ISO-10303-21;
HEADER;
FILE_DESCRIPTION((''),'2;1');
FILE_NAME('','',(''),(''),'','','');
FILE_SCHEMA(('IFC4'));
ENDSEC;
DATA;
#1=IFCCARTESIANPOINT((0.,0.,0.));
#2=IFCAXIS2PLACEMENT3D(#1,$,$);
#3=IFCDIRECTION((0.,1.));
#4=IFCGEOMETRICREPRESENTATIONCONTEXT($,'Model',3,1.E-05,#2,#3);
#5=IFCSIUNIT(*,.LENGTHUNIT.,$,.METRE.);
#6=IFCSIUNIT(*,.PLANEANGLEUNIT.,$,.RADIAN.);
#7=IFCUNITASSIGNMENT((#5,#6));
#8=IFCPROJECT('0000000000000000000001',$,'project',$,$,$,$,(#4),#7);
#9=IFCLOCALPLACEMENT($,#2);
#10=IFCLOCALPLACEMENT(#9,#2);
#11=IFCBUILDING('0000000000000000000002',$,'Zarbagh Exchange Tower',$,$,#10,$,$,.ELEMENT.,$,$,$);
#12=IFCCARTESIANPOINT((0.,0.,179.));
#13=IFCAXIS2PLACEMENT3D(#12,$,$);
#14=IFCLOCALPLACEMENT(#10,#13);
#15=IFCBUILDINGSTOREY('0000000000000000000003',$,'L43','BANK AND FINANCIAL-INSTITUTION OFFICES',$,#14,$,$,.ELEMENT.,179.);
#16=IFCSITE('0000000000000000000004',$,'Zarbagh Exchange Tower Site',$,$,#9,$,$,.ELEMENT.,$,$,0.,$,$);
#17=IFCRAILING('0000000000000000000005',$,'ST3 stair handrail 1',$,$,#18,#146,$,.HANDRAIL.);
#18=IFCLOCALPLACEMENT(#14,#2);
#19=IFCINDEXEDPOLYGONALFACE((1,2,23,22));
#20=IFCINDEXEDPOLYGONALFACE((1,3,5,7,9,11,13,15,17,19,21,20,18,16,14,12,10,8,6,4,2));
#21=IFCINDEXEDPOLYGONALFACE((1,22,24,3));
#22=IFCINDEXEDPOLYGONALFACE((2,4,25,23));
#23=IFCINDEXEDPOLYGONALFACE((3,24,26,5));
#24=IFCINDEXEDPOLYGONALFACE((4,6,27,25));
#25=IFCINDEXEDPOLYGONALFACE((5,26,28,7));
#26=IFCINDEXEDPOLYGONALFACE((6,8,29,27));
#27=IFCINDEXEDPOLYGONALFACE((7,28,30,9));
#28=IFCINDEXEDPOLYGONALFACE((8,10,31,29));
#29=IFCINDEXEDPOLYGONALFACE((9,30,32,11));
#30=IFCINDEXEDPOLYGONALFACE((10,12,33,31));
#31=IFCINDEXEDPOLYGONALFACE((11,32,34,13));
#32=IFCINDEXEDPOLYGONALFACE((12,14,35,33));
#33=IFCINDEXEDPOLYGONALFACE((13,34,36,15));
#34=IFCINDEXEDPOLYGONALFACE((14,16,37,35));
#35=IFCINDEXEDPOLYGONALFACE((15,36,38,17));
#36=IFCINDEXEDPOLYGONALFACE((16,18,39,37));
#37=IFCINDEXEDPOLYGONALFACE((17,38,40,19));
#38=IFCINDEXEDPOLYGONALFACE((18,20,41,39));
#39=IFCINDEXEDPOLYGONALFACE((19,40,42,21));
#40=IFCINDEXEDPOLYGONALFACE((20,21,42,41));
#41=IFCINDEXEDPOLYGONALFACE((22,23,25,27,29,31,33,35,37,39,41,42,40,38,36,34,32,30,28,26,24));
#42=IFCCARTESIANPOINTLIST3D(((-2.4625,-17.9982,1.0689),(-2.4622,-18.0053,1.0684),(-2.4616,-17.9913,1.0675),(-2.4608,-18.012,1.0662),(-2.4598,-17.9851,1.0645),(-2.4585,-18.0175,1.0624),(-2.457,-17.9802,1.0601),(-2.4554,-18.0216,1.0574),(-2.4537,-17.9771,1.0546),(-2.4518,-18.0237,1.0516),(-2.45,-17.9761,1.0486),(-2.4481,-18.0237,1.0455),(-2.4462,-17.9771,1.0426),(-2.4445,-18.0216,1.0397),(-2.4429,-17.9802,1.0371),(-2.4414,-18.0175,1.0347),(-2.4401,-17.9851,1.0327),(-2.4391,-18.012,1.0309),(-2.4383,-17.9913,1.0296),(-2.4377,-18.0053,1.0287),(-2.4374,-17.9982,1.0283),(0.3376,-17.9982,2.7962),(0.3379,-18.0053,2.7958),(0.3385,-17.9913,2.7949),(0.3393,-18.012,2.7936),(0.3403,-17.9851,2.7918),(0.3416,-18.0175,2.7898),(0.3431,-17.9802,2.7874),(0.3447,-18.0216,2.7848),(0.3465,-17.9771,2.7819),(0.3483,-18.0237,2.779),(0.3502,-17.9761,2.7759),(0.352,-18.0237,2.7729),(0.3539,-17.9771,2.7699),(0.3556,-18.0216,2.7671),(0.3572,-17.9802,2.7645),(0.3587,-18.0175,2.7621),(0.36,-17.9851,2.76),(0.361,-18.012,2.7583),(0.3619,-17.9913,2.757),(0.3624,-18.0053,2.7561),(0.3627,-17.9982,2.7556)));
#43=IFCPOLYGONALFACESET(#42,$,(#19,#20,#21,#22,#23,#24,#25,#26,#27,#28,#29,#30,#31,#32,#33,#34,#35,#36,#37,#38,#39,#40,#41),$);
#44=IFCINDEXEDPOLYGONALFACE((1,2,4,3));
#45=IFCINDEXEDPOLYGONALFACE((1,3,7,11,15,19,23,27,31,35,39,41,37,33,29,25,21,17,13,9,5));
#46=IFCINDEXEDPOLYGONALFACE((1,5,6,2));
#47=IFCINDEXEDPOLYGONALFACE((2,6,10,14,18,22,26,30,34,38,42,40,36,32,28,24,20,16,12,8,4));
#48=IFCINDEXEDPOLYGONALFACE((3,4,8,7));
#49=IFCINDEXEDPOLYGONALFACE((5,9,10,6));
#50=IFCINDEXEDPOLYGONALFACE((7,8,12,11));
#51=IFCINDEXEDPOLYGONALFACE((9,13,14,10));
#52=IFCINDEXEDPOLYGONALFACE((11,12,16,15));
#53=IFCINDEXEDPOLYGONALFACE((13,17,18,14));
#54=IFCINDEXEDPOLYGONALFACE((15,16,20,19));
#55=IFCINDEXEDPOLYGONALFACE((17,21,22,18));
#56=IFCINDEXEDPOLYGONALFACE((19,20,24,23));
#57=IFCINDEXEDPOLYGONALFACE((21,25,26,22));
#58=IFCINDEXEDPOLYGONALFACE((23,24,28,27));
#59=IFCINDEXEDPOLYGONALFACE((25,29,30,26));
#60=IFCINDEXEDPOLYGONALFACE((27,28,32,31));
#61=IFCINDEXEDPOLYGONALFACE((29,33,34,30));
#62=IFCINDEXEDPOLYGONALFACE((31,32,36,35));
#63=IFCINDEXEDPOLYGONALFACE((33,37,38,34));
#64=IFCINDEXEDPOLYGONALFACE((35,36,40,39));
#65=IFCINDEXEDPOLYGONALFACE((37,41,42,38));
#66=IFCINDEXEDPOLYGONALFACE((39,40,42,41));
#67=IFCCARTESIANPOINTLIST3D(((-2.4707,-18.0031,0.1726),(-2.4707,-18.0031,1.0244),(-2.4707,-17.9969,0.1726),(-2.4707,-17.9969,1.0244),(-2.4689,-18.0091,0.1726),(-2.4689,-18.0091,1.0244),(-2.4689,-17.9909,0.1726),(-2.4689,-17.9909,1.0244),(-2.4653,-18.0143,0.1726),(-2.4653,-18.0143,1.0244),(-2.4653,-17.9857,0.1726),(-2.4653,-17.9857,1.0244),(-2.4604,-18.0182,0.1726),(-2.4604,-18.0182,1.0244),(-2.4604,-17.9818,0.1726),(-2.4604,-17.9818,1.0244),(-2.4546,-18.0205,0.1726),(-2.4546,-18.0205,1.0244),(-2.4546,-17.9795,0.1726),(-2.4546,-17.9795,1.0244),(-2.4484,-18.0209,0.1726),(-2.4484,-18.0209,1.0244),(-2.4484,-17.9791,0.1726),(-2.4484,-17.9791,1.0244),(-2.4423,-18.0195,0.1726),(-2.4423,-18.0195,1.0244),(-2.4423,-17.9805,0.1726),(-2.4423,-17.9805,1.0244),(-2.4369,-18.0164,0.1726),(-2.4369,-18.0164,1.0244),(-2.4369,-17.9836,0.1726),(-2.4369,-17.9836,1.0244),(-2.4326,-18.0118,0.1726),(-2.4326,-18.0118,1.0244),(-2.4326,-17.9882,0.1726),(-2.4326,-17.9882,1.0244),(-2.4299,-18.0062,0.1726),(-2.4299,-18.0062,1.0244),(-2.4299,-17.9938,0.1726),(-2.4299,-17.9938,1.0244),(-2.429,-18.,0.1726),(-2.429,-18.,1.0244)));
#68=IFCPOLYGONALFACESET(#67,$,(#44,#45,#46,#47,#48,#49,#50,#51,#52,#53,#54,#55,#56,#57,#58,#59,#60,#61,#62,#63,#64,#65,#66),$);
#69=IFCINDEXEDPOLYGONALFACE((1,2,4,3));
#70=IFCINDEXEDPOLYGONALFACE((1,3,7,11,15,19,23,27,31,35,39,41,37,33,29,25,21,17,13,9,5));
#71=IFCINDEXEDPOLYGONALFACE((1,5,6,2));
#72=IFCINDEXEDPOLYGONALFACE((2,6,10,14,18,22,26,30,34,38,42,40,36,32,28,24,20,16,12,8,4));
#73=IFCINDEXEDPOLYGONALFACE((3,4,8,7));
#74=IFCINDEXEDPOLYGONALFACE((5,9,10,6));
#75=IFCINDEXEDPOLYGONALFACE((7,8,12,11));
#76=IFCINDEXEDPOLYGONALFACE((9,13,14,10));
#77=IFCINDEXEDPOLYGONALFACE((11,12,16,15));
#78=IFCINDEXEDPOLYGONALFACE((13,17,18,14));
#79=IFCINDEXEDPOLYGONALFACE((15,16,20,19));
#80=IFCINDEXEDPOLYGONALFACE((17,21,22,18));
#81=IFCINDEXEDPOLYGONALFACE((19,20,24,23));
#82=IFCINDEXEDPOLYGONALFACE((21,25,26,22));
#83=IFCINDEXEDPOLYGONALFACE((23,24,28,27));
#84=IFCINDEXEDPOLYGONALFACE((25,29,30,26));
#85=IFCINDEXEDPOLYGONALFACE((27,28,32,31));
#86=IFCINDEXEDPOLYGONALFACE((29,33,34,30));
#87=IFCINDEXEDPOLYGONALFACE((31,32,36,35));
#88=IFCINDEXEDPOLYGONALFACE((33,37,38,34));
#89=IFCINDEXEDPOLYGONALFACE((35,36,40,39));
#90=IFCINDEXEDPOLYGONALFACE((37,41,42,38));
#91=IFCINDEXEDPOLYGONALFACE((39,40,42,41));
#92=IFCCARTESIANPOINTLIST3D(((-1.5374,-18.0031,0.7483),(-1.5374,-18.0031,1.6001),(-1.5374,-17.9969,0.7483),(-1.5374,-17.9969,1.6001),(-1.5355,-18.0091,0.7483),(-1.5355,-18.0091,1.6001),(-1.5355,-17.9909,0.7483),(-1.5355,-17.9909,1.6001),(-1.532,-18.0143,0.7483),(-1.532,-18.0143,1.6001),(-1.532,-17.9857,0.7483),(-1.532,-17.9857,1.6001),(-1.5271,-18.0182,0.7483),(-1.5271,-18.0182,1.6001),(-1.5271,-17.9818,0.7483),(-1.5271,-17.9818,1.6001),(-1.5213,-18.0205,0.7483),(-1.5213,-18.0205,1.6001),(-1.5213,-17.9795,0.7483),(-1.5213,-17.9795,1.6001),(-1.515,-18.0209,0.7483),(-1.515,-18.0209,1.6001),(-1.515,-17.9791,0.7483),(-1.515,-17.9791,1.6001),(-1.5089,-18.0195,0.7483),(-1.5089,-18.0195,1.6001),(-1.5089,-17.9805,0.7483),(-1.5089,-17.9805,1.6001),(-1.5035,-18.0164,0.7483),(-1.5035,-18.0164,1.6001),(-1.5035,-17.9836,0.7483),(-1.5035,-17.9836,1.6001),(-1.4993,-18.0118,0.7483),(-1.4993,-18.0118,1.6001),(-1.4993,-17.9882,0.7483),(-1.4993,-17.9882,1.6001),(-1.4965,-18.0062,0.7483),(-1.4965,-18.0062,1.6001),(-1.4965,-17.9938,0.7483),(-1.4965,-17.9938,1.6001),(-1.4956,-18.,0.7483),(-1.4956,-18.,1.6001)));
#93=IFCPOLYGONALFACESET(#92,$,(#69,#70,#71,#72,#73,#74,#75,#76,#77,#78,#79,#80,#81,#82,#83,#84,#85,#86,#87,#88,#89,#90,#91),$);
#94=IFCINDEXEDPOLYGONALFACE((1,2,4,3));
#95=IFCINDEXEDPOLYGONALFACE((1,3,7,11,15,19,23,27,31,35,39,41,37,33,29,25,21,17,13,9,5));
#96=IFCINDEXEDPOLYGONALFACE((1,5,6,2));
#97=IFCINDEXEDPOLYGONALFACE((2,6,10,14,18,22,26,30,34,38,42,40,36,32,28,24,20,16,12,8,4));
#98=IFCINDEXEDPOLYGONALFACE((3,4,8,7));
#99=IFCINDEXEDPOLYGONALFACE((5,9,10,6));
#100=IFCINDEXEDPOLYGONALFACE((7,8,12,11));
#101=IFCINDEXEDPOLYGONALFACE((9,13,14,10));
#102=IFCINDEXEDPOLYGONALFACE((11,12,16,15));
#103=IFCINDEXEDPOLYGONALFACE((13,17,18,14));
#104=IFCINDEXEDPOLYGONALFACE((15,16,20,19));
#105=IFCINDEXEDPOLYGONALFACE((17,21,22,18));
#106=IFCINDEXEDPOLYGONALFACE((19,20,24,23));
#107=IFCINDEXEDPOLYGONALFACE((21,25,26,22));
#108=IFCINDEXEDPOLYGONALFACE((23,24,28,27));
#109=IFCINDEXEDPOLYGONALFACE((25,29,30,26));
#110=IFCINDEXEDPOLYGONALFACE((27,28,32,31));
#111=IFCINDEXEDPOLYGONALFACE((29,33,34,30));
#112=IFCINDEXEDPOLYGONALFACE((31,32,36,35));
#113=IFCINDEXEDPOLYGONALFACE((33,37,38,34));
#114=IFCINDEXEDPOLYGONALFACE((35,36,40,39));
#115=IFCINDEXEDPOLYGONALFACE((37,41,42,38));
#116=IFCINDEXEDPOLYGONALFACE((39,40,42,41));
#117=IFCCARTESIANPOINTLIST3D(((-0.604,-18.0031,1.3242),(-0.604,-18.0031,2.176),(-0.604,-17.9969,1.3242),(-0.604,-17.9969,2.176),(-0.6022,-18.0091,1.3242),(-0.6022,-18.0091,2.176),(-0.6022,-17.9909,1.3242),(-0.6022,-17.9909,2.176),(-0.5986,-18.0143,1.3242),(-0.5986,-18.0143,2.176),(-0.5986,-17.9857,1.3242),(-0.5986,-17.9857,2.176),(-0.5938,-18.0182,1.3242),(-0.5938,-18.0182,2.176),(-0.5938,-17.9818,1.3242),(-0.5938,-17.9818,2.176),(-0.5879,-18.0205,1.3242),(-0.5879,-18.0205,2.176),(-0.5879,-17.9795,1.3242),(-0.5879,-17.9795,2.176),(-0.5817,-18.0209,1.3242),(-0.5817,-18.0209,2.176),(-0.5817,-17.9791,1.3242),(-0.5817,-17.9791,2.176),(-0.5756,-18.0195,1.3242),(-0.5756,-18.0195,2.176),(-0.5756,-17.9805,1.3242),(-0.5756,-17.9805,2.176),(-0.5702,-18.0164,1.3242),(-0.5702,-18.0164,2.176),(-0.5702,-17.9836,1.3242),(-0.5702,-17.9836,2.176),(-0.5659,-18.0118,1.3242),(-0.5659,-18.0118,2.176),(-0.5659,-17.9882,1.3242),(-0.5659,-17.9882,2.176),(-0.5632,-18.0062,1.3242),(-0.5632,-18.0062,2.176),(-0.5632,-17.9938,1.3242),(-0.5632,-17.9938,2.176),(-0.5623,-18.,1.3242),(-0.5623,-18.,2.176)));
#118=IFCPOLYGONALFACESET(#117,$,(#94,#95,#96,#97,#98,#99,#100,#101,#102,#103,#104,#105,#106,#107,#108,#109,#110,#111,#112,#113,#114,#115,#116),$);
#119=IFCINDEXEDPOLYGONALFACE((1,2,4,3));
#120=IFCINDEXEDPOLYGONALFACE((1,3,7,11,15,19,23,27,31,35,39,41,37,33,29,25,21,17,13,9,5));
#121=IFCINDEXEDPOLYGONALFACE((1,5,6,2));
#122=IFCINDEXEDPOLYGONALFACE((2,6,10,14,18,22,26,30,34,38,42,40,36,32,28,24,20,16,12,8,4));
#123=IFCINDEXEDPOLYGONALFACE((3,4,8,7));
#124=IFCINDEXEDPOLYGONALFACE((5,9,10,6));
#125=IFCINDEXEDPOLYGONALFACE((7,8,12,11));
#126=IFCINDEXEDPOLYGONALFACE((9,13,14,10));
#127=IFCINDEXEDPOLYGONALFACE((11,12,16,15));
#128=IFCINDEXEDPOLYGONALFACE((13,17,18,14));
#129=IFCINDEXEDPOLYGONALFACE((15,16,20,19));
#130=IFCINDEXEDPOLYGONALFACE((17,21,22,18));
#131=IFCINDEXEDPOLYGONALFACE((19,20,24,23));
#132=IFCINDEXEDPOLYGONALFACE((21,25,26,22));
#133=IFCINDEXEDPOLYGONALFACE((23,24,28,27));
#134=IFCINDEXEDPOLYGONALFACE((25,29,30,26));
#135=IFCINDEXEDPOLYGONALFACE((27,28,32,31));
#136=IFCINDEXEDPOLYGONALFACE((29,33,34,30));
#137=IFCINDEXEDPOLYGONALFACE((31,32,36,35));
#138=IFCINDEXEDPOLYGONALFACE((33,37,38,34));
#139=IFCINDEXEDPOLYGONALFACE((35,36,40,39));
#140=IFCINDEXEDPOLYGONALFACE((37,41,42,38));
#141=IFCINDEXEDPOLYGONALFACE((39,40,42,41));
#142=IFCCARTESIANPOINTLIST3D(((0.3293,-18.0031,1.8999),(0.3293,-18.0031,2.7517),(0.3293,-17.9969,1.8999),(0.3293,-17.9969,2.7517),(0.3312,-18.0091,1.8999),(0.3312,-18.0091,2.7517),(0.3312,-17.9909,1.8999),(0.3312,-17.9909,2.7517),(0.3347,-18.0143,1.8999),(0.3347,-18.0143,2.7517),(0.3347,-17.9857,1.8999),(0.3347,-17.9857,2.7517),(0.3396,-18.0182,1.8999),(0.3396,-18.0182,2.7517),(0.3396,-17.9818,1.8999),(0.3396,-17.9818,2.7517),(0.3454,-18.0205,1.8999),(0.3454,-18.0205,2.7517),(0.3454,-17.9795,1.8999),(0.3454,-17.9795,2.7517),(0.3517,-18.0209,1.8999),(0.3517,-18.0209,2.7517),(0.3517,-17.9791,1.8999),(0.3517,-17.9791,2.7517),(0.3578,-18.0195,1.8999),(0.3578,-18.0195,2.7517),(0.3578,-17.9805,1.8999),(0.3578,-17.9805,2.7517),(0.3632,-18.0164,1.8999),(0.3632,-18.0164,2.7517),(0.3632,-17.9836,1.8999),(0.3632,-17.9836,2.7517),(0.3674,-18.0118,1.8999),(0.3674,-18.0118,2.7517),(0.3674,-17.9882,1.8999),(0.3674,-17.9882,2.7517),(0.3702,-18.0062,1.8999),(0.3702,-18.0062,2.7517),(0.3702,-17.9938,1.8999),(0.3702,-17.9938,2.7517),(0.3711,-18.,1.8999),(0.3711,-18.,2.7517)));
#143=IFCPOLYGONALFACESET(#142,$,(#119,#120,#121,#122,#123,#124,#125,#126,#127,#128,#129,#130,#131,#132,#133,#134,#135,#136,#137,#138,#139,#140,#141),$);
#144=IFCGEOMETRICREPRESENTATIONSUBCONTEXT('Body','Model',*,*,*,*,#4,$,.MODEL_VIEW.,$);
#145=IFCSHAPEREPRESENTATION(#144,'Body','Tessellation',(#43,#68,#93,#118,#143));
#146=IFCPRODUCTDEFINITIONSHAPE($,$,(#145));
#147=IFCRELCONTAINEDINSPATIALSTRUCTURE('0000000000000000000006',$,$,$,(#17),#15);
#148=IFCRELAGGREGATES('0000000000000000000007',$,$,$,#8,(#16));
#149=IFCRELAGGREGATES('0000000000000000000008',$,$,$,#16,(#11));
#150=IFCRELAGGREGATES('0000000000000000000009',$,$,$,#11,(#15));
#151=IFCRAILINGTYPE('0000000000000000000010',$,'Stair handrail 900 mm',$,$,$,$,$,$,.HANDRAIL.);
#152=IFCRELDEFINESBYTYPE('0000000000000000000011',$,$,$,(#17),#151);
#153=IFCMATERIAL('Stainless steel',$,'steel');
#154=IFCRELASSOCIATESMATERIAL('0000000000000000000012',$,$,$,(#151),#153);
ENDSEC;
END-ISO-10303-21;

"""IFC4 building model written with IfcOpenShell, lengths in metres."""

from ifc_helpers import new_model, si_unit, direction, frame, origin, origin_2d, place, context, subcontext, project, spatial, circle, extrude, material, type_object, element, save


model = new_model("IFC4")

# Units and contexts
model_context = context("Model", 3, precision=1e-05, world=origin(), true_north=direction((0.0, 1.0)))
body_context = subcontext(model_context, "Body", "Model", "MODEL_VIEW")
ifc_project = project(units=[si_unit("LENGTHUNIT", "METRE"), si_unit("PLANEANGLEUNIT", "RADIAN")], contexts=[model_context])

# Site, building, storey
site_placement = place(None, origin())
site = spatial("IfcSite", under=ifc_project, at=site_placement, Name="Zarbagh Exchange Tower Site", CompositionType="ELEMENT", RefElevation=0.0)
building_placement = place(site_placement, origin())
building = spatial("IfcBuilding", under=site, at=building_placement, Name="Zarbagh Exchange Tower", CompositionType="ELEMENT")
storey_placement = place(building_placement, frame((0.0, 0.0, 179.0)))
storey = spatial("IfcBuildingStorey", under=building, at=storey_placement, Name="L43", Description="BANK AND FINANCIAL-INSTITUTION OFFICES", CompositionType="ELEMENT", Elevation=179.0)

# Shared definitions
ifc_material_1 = material(Name="Stainless steel", Category="steel")

# Railing
railing_type_1 = type_object("IfcRailingType", Name="Stair handrail 900 mm", PredefinedType="HANDRAIL", material=ifc_material_1)
for number, where, name in (
    (1, (-2.45, -18.0, 0.1726), "ST3 stair handrail 1"),
):
    element("IfcRailing", number, at=place(storey_placement, frame(where)), inside=storey, type_object=railing_type_1, Name=name, PredefinedType="HANDRAIL", context=body_context, shape_type="SweptSolid", body=[
        extrude(circle(Radius=0.0239, at=origin_2d()), frame((0.0, 0.0, 0.876), z_axis=(0.85109, 0.0, 0.52502), x_axis=(0.0, 1.0, 0.0)), (0.0, 0.0, 1.0), 3.29),
        extrude(circle(Radius=0.021, at=origin_2d()), origin(), (0.0, 0.0, 1.0), 0.8518),
        extrude(circle(Radius=0.021, at=origin_2d()), frame((0.9333, 0.0, 0.5757)), (0.0, 0.0, 1.0), 0.8518),
        extrude(circle(Radius=0.021, at=origin_2d()), frame((1.8667, 0.0, 1.1516)), (0.0, 0.0, 1.0), 0.8518),
        extrude(circle(Radius=0.021, at=origin_2d()), frame((2.8, 0.0, 1.7273)), (0.0, 0.0, 1.0), 0.8518),
    ])

save(model, "model.ifc")
